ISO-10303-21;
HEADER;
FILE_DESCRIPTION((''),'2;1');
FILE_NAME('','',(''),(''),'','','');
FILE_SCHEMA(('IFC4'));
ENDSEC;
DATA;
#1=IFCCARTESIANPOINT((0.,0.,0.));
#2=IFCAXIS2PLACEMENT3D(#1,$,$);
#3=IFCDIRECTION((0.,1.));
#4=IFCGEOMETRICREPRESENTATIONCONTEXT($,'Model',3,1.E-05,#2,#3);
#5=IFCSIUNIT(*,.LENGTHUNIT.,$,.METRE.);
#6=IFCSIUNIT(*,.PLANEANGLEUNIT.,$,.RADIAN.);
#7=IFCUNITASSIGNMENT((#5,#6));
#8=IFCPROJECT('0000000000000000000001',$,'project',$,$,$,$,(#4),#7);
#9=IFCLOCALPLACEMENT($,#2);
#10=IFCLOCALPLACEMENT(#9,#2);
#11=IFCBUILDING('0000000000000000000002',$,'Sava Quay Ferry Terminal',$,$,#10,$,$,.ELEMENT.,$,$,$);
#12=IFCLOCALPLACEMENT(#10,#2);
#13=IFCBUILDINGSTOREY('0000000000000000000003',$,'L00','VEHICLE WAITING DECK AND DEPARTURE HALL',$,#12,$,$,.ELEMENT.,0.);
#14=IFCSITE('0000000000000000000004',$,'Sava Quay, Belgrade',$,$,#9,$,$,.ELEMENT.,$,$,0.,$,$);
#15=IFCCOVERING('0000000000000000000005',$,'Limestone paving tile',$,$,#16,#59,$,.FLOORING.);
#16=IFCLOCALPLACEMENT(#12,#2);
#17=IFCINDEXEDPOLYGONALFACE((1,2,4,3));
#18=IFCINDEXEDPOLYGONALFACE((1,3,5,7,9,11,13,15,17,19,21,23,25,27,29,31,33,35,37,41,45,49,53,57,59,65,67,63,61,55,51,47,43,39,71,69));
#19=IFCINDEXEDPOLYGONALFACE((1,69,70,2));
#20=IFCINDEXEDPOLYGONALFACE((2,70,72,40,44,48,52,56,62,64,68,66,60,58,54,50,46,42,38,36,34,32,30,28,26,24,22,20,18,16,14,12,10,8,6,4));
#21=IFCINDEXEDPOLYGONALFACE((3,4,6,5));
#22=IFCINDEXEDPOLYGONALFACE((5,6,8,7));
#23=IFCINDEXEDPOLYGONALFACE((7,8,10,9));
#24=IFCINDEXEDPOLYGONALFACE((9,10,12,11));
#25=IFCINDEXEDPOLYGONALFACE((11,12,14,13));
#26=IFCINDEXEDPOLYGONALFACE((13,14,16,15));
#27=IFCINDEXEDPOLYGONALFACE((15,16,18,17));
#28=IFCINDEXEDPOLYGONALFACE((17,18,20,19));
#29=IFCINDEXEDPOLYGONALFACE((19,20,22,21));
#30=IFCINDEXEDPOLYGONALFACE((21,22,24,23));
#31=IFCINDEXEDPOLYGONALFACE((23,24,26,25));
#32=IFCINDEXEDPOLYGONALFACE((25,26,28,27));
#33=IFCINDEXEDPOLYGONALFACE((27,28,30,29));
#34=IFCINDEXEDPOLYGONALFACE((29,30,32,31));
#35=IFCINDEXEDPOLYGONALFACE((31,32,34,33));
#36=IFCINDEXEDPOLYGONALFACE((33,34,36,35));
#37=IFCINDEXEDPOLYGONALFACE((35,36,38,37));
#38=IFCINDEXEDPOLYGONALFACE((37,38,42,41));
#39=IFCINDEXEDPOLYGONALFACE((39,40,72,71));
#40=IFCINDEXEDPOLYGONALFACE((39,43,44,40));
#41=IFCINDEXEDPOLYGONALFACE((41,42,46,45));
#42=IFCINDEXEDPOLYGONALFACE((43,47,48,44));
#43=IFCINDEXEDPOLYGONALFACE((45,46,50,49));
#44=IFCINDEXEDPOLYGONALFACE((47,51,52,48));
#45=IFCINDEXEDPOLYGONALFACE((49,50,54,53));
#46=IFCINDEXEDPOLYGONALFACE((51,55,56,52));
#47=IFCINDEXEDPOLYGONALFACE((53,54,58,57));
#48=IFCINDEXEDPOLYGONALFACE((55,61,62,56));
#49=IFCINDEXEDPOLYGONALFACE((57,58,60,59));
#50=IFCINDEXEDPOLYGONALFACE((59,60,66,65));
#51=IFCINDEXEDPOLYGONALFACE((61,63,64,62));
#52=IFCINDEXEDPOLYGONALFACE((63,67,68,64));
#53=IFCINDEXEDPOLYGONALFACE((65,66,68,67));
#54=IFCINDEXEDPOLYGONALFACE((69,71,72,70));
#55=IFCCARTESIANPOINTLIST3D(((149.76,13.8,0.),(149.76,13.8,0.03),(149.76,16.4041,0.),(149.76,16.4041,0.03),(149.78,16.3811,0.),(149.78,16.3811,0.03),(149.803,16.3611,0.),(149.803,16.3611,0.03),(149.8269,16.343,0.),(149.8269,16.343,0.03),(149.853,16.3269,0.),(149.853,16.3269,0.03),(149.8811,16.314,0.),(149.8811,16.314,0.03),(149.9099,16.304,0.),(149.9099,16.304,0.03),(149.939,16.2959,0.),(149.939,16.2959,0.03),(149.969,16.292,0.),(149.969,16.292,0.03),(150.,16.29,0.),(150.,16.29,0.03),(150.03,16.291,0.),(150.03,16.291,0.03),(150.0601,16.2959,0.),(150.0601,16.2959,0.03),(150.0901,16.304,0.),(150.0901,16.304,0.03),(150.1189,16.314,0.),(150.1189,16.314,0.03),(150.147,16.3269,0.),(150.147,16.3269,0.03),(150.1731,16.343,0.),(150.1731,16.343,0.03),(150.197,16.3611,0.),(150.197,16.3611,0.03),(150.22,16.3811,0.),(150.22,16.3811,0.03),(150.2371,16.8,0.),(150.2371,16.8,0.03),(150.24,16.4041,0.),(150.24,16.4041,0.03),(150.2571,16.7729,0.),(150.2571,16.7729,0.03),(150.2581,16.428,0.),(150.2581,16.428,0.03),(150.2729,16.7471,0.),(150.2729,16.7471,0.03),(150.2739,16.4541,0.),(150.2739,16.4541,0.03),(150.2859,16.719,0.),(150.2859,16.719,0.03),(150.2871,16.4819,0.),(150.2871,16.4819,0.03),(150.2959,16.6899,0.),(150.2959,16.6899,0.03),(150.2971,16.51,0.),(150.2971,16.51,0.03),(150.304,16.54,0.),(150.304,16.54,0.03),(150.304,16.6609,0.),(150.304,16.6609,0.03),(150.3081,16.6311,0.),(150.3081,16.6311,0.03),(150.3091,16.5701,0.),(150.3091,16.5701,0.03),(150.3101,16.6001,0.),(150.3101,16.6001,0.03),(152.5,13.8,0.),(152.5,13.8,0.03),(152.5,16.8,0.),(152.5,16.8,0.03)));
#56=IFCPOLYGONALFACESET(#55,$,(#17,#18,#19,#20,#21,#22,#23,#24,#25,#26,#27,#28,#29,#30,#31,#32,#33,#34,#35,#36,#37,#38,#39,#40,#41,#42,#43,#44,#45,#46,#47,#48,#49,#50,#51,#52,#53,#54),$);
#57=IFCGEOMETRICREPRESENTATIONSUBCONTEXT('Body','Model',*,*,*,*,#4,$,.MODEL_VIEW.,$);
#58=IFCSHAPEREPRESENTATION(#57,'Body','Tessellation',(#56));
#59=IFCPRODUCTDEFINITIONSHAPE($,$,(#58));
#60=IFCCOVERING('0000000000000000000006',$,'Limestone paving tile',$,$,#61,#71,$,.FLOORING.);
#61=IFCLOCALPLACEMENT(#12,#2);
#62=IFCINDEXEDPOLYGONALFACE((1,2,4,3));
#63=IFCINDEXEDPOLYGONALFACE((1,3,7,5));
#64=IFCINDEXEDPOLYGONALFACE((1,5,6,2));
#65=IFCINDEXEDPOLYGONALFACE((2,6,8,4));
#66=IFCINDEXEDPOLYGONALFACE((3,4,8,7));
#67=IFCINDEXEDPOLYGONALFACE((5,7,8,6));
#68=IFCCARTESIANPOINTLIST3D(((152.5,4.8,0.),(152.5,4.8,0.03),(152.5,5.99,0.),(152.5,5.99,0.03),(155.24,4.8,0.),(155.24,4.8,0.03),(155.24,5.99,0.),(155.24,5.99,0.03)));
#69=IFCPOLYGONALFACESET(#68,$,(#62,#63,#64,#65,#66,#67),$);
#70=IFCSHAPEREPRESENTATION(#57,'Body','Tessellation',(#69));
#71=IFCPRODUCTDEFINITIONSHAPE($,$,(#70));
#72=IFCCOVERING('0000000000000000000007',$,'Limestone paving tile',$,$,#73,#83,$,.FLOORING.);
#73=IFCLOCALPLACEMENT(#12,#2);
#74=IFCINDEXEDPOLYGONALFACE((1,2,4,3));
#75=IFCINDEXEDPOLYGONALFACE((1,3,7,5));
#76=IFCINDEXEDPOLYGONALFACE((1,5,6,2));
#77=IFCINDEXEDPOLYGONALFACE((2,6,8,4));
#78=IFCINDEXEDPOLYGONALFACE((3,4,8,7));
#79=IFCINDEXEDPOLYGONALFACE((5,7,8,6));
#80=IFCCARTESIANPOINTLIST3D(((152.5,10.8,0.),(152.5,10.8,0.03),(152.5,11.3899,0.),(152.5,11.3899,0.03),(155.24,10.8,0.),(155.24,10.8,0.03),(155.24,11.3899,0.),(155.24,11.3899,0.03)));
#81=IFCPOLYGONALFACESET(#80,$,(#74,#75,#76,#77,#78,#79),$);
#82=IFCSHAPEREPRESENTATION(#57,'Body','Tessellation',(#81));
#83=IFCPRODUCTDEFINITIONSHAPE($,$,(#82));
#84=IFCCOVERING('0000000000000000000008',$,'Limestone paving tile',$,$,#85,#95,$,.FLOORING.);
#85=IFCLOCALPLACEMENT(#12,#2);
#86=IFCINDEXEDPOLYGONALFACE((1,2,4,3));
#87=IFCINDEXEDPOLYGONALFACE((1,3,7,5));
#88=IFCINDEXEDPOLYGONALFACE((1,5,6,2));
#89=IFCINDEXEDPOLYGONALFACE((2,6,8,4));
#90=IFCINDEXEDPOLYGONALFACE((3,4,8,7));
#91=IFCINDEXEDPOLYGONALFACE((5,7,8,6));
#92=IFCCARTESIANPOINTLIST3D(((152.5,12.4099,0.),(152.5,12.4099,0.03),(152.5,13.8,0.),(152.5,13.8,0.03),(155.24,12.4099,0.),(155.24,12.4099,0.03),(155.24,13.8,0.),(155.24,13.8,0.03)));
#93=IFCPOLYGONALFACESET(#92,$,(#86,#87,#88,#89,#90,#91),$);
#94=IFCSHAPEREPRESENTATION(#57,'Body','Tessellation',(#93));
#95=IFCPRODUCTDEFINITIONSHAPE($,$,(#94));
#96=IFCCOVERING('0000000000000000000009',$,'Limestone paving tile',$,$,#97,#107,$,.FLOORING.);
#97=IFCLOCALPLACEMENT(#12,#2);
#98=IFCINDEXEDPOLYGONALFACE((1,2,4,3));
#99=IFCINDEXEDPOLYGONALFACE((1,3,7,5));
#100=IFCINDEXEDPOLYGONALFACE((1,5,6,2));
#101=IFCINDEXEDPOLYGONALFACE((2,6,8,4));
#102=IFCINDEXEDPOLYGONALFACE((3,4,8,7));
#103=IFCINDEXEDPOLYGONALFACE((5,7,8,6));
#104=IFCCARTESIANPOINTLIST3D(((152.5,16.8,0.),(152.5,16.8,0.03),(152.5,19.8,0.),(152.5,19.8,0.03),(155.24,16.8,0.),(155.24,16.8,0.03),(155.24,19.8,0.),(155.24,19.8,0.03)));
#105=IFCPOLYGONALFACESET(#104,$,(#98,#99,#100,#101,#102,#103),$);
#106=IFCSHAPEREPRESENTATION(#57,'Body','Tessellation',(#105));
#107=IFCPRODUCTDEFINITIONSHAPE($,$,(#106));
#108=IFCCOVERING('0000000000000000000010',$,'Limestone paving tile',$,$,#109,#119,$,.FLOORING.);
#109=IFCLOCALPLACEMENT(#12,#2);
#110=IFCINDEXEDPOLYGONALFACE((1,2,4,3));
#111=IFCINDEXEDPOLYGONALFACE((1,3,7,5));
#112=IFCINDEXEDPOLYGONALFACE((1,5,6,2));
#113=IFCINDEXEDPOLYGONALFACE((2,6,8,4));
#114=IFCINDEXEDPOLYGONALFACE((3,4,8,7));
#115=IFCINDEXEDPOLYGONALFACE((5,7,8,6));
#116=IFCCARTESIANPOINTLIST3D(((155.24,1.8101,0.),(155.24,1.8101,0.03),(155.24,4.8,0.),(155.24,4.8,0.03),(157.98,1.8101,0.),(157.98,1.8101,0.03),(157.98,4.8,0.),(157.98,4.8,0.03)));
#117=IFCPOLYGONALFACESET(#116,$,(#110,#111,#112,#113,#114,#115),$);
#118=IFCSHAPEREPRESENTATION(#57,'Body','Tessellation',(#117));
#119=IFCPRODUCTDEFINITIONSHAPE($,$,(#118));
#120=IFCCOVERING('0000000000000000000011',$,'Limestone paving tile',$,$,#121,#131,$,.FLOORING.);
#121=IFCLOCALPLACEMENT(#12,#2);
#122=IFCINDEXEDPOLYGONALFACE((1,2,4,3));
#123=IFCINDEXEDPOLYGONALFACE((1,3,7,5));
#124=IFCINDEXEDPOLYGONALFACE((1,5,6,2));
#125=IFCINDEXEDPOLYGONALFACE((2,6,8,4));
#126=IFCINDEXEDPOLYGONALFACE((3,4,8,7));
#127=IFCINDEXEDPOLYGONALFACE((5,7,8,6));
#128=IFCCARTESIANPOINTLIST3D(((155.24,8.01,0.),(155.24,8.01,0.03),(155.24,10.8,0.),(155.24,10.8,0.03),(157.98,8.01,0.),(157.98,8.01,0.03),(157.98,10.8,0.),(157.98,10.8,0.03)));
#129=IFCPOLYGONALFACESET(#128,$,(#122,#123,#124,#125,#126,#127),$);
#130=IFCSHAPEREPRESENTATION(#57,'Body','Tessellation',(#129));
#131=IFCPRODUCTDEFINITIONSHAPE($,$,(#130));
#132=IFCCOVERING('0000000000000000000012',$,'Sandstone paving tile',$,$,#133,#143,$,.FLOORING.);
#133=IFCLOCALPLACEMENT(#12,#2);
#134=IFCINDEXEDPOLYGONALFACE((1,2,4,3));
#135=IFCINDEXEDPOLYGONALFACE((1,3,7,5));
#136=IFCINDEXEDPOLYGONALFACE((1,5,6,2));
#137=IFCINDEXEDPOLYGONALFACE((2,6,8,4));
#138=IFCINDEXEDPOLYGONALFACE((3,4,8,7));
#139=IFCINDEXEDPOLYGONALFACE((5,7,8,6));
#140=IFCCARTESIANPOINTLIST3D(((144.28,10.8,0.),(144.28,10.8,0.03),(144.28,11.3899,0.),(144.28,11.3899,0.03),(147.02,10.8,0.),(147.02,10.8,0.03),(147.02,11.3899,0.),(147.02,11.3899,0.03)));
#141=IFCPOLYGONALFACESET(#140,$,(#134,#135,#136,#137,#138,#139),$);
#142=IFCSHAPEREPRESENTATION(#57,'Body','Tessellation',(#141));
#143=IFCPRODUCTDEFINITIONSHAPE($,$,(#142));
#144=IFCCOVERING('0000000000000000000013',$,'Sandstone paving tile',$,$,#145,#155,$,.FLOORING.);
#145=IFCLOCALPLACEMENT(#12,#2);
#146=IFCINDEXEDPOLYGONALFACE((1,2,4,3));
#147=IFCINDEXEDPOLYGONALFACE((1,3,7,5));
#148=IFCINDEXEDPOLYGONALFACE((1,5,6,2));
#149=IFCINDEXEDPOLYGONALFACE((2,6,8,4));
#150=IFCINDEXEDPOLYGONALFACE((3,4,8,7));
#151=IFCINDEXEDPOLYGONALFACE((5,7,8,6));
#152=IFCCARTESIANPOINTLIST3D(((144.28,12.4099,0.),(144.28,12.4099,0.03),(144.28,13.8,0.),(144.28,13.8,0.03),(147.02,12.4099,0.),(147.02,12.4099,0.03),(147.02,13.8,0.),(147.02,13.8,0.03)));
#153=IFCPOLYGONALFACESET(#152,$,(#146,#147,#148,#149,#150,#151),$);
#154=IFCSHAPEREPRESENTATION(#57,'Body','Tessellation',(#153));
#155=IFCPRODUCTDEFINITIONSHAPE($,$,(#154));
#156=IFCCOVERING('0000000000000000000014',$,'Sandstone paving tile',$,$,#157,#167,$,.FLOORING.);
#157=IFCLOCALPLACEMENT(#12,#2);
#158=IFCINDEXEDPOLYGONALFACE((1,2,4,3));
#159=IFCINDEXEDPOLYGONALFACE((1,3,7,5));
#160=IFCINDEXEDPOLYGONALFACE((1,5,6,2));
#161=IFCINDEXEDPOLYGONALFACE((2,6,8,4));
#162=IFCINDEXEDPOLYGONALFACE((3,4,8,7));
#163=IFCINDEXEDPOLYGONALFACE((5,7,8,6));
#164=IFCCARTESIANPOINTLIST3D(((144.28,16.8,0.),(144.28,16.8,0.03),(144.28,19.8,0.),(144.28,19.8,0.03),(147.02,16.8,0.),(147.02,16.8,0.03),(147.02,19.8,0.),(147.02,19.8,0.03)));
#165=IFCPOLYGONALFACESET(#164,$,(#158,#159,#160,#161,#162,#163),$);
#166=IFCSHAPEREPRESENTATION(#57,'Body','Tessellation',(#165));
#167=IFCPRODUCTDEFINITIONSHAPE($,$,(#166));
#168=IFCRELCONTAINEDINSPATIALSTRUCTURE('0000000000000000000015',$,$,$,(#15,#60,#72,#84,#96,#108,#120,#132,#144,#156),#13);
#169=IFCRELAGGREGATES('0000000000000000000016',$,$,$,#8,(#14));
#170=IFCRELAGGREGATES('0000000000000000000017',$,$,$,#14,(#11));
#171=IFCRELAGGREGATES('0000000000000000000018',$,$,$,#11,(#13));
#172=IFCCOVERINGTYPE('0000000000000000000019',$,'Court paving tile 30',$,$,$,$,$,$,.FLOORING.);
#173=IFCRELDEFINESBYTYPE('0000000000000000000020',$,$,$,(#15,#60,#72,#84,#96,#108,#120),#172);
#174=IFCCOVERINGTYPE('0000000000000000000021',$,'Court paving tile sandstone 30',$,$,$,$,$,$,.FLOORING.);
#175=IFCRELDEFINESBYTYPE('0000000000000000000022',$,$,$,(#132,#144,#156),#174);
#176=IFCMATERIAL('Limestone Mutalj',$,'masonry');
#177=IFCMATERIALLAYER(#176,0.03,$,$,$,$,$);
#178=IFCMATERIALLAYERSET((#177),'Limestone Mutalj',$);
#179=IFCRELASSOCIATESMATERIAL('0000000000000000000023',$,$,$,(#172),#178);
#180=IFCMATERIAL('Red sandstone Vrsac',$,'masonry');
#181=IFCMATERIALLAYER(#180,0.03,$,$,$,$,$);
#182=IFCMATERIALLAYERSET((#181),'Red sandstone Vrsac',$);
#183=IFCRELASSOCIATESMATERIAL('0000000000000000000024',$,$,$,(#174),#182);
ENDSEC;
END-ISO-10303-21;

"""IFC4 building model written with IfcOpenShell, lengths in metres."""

from ifc_helpers import new_model, si_unit, direction, origin, place, context, subcontext, project, spatial, polyline, outline, extrude, material, layer, layer_set, type_object, element, save


model = new_model("IFC4")

# Units and contexts
model_context = context("Model", 3, precision=1e-05, world=origin(), true_north=direction((0.0, 1.0)))
body_context = subcontext(model_context, "Body", "Model", "MODEL_VIEW")
ifc_project = project(units=[si_unit("LENGTHUNIT", "METRE"), si_unit("PLANEANGLEUNIT", "RADIAN")], contexts=[model_context])

# Site, building, storey
site_placement = place(None, origin())
site = spatial("IfcSite", under=ifc_project, at=site_placement, Name="Sava Quay, Belgrade", CompositionType="ELEMENT", RefElevation=0.0)
building_placement = place(site_placement, origin())
building = spatial("IfcBuilding", under=site, at=building_placement, Name="Sava Quay Ferry Terminal", CompositionType="ELEMENT")
storey_placement = place(building_placement, origin())
storey = spatial("IfcBuildingStorey", under=building, at=storey_placement, Name="L00", Description="VEHICLE WAITING DECK AND DEPARTURE HALL", CompositionType="ELEMENT", Elevation=0.0)

# Coverings
ifc_material_1 = material(Name="Limestone Mutalj", Category="masonry")
ifc_layer_1 = layer(ifc_material_1, 0.03)
ifc_layer_set_1 = layer_set([ifc_layer_1], Name="Limestone Mutalj")
covering_type_1 = type_object("IfcCoveringType", Name="Court paving tile 30", PredefinedType="FLOORING", material=ifc_layer_set_1)
covering_1_placement = place(storey_placement, origin())
element("IfcCovering", 1, at=covering_1_placement, inside=storey, type_object=covering_type_1, Name="Limestone paving tile", PredefinedType="FLOORING", context=body_context, shape_type="SweptSolid", body=[
    extrude(outline(polyline([(152.5, 16.8), (150.2371, 16.8), (150.2571, 16.7729), (150.2729, 16.7471), (150.2859, 16.719), (150.2959, 16.6899), (150.304, 16.6609), (150.3081, 16.6311), (150.3101, 16.6001), (150.3091, 16.5701), (150.304, 16.54), (150.2971, 16.51), (150.2871, 16.4819), (150.2739, 16.4541), (150.2581, 16.428), (150.24, 16.4041), (150.22, 16.3811), (150.197, 16.3611), (150.1731, 16.343), (150.147, 16.3269), (150.1189, 16.314), (150.0901, 16.304), (150.0601, 16.2959), (150.03, 16.291), (150.0, 16.29), (149.969, 16.292), (149.939, 16.2959), (149.9099, 16.304), (149.8811, 16.314), (149.853, 16.3269), (149.8269, 16.343), (149.803, 16.3611), (149.78, 16.3811), (149.76, 16.4041), (149.76, 13.8), (152.5, 13.8), (152.5, 16.8)])), origin(), (0.0, 0.0, 1.0), 0.03),
])
covering_2_placement = place(storey_placement, origin())
element("IfcCovering", 2, at=covering_2_placement, inside=storey, type_object=covering_type_1, Name="Limestone paving tile", PredefinedType="FLOORING", context=body_context, shape_type="SweptSolid", body=[
    extrude(outline(polyline([(155.24, 4.8), (155.24, 5.99), (152.5, 5.99), (152.5, 4.8), (155.24, 4.8)])), origin(), (0.0, 0.0, 1.0), 0.03),
])
covering_3_placement = place(storey_placement, origin())
element("IfcCovering", 3, at=covering_3_placement, inside=storey, type_object=covering_type_1, Name="Limestone paving tile", PredefinedType="FLOORING", context=body_context, shape_type="SweptSolid", body=[
    extrude(outline(polyline([(155.24, 10.8), (155.24, 11.3899), (152.5, 11.3899), (152.5, 10.8), (155.24, 10.8)])), origin(), (0.0, 0.0, 1.0), 0.03),
])
covering_4_placement = place(storey_placement, origin())
element("IfcCovering", 4, at=covering_4_placement, inside=storey, type_object=covering_type_1, Name="Limestone paving tile", PredefinedType="FLOORING", context=body_context, shape_type="SweptSolid", body=[
    extrude(outline(polyline([(152.5, 13.8), (152.5, 12.4099), (155.24, 12.4099), (155.24, 13.8), (152.5, 13.8)])), origin(), (0.0, 0.0, 1.0), 0.03),
])
covering_5_placement = place(storey_placement, origin())
element("IfcCovering", 5, at=covering_5_placement, inside=storey, type_object=covering_type_1, Name="Limestone paving tile", PredefinedType="FLOORING", context=body_context, shape_type="SweptSolid", body=[
    extrude(outline(polyline([(155.24, 16.8), (155.24, 19.8), (152.5, 19.8), (152.5, 16.8), (155.24, 16.8)])), origin(), (0.0, 0.0, 1.0), 0.03),
])
covering_6_placement = place(storey_placement, origin())
element("IfcCovering", 6, at=covering_6_placement, inside=storey, type_object=covering_type_1, Name="Limestone paving tile", PredefinedType="FLOORING", context=body_context, shape_type="SweptSolid", body=[
    extrude(outline(polyline([(155.24, 4.8), (155.24, 1.8101), (157.98, 1.8101), (157.98, 4.8), (155.24, 4.8)])), origin(), (0.0, 0.0, 1.0), 0.03),
])
covering_7_placement = place(storey_placement, origin())
element("IfcCovering", 7, at=covering_7_placement, inside=storey, type_object=covering_type_1, Name="Limestone paving tile", PredefinedType="FLOORING", context=body_context, shape_type="SweptSolid", body=[
    extrude(outline(polyline([(155.24, 10.8), (155.24, 8.01), (157.98, 8.01), (157.98, 10.8), (155.24, 10.8)])), origin(), (0.0, 0.0, 1.0), 0.03),
])
ifc_material_2 = material(Name="Red sandstone Vrsac", Category="masonry")
ifc_layer_2 = layer(ifc_material_2, 0.03)
ifc_layer_set_2 = layer_set([ifc_layer_2], Name="Red sandstone Vrsac")
covering_type_2 = type_object("IfcCoveringType", Name="Court paving tile sandstone 30", PredefinedType="FLOORING", material=ifc_layer_set_2)
covering_8_placement = place(storey_placement, origin())
element("IfcCovering", 8, at=covering_8_placement, inside=storey, type_object=covering_type_2, Name="Sandstone paving tile", PredefinedType="FLOORING", context=body_context, shape_type="SweptSolid", body=[
    extrude(outline(polyline([(147.02, 10.8), (147.02, 11.3899), (144.28, 11.3899), (144.28, 10.8), (147.02, 10.8)])), origin(), (0.0, 0.0, 1.0), 0.03),
])
covering_9_placement = place(storey_placement, origin())
element("IfcCovering", 9, at=covering_9_placement, inside=storey, type_object=covering_type_2, Name="Sandstone paving tile", PredefinedType="FLOORING", context=body_context, shape_type="SweptSolid", body=[
    extrude(outline(polyline([(144.28, 13.8), (144.28, 12.4099), (147.02, 12.4099), (147.02, 13.8), (144.28, 13.8)])), origin(), (0.0, 0.0, 1.0), 0.03),
])
covering_10_placement = place(storey_placement, origin())
element("IfcCovering", 10, at=covering_10_placement, inside=storey, type_object=covering_type_2, Name="Sandstone paving tile", PredefinedType="FLOORING", context=body_context, shape_type="SweptSolid", body=[
    extrude(outline(polyline([(147.02, 16.8), (147.02, 19.8), (144.28, 19.8), (144.28, 16.8), (147.02, 16.8)])), origin(), (0.0, 0.0, 1.0), 0.03),
])

save(model, "model.ifc")
